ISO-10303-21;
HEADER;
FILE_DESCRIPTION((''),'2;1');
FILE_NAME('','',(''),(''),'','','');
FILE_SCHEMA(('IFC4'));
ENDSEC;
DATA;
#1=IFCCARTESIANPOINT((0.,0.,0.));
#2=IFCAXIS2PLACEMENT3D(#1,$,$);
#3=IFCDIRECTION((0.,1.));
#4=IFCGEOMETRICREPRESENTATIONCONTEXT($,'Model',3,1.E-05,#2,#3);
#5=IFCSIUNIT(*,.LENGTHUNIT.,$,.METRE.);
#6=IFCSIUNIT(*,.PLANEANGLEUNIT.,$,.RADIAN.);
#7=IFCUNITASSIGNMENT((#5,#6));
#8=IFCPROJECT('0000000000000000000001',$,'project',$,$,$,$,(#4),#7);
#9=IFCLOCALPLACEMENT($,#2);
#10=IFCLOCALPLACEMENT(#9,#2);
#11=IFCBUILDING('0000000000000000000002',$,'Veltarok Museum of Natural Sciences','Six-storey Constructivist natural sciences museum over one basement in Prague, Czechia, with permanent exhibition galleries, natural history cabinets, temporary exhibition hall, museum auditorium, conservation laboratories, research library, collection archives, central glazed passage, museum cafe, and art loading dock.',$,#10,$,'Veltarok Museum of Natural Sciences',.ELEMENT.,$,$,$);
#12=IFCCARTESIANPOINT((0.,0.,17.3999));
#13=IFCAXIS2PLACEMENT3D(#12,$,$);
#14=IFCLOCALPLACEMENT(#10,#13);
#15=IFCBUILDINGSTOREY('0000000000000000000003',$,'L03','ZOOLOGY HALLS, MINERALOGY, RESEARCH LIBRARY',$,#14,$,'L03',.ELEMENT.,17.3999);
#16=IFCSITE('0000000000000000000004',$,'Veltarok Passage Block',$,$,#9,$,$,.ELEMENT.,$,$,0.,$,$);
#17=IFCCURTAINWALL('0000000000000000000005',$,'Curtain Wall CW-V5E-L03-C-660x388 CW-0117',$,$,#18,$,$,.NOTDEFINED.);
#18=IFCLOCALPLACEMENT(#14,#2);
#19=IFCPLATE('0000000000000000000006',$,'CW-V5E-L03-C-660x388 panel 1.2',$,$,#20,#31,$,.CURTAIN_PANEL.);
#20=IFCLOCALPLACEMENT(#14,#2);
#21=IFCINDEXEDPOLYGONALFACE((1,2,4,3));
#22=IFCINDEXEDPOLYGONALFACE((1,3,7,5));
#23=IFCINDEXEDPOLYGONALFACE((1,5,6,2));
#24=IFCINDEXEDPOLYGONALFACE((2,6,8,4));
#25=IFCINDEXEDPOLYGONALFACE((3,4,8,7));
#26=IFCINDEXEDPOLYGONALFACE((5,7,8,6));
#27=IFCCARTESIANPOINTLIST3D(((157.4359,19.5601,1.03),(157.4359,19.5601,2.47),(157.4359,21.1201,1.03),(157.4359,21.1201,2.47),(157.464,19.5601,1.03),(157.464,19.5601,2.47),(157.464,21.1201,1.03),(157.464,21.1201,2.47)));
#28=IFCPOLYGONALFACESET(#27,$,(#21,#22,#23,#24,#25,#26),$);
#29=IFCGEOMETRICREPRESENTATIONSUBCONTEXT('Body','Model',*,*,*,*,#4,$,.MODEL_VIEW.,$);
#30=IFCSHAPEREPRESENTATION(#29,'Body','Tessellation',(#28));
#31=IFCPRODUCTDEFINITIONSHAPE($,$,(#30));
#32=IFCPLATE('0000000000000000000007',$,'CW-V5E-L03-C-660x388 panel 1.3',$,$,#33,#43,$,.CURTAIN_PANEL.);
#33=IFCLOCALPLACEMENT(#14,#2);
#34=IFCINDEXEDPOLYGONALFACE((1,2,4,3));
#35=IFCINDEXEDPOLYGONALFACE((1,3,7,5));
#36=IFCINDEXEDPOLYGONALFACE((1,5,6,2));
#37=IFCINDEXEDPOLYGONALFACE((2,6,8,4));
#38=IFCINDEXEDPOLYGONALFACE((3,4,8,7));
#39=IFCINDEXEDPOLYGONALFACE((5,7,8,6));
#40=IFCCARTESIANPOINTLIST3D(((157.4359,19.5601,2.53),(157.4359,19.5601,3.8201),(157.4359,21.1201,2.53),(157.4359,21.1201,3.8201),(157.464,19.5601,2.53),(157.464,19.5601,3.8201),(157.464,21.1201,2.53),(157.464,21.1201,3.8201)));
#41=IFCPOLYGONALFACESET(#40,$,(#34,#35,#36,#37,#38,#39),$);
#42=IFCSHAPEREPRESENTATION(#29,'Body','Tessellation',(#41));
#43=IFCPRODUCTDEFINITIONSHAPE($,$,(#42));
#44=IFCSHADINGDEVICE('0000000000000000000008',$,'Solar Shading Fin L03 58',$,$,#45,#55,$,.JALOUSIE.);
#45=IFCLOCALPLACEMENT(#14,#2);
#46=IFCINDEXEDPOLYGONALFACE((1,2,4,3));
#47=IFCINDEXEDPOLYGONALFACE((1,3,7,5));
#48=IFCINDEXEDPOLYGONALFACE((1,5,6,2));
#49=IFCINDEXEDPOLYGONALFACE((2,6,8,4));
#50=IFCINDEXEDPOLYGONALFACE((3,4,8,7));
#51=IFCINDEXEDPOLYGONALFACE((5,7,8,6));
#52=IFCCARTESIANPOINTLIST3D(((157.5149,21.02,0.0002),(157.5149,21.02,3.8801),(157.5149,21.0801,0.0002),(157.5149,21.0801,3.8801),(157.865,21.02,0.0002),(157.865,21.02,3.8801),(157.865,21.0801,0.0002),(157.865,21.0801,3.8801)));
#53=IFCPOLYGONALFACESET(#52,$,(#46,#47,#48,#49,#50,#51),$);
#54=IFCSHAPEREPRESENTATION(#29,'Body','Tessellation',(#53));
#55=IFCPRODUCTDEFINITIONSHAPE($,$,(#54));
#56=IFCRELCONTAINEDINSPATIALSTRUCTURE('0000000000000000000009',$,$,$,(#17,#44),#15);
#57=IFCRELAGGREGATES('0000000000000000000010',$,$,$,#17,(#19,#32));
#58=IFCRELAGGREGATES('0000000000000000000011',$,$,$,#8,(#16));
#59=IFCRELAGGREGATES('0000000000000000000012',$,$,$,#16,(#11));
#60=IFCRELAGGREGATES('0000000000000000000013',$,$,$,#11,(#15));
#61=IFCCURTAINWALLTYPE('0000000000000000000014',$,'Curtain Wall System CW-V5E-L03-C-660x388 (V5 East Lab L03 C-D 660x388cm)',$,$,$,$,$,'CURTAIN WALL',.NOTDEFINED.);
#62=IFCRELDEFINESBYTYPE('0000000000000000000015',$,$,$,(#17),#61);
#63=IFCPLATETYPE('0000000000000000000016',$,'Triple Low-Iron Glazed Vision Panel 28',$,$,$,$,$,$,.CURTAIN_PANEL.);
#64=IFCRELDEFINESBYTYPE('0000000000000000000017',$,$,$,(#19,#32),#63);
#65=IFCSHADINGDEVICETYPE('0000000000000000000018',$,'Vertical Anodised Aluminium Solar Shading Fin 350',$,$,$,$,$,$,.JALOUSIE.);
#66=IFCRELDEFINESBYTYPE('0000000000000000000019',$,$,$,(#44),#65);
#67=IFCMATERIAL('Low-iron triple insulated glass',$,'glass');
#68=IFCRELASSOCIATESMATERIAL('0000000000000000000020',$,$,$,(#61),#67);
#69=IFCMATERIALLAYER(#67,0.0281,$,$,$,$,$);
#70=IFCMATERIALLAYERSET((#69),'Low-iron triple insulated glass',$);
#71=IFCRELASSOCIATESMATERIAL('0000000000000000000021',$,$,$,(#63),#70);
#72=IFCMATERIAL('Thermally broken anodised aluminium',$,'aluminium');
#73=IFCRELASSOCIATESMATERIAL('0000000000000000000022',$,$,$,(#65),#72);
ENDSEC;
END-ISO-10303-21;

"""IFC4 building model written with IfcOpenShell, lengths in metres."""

from ifc_helpers import new_model, si_unit, direction, frame, origin, origin_2d, place, context, subcontext, project, spatial, rectangle, extrude, material, layer, layer_set, type_object, element, aggregate, save


model = new_model("IFC4")

# Units and contexts
model_context = context("Model", 3, precision=1e-05, world=origin(), true_north=direction((0.0, 1.0)))
body_context = subcontext(model_context, "Body", "Model", "MODEL_VIEW")
ifc_project = project(units=[si_unit("LENGTHUNIT", "METRE"), si_unit("PLANEANGLEUNIT", "RADIAN")], contexts=[model_context])

# Site, building, storey
site_placement = place(None, origin())
site = spatial("IfcSite", under=ifc_project, at=site_placement, Name="Veltarok Passage Block", CompositionType="ELEMENT", RefElevation=0.0)
building_placement = place(site_placement, origin())
building = spatial("IfcBuilding", under=site, at=building_placement, Name="Veltarok Museum of Natural Sciences", Description="Six-storey Constructivist natural sciences museum over one basement in Prague, Czechia, with permanent exhibition galleries, natural history cabinets, temporary exhibition hall, museum auditorium, conservation laboratories, research library, collection archives, central glazed passage, museum cafe, and art loading dock.", LongName="Veltarok Museum of Natural Sciences", CompositionType="ELEMENT")
storey_placement = place(building_placement, frame((0.0, 0.0, 17.3999)))
storey = spatial("IfcBuildingStorey", under=building, at=storey_placement, Name="L03", Description="ZOOLOGY HALLS, MINERALOGY, RESEARCH LIBRARY", LongName="L03", CompositionType="ELEMENT", Elevation=17.3999)

# Curtain wall
ifc_material_1 = material(Name="Low-iron triple insulated glass", Category="glass")
ifc_material_2 = material(Name="Thermally broken anodised aluminium", Category="aluminium")
curtain_wall_type_1 = type_object("IfcCurtainWallType", Name="Curtain Wall System CW-V5E-L03-C-660x388 (V5 East Lab L03 C-D 660x388cm)", ElementType="CURTAIN WALL", PredefinedType="NOTDEFINED", material=ifc_material_1)
curtain_wall_1_placement = place(storey_placement, origin())
curtain_wall_1 = element("IfcCurtainWall", 1, at=curtain_wall_1_placement, inside=storey, type_object=curtain_wall_type_1, Name="Curtain Wall CW-V5E-L03-C-660x388 CW-0117", PredefinedType="NOTDEFINED")

# Plates
ifc_layer = layer(ifc_material_1, 0.0281)
ifc_layer_set = layer_set([ifc_layer], Name="Low-iron triple insulated glass")
plate_type = type_object("IfcPlateType", Name="Triple Low-Iron Glazed Vision Panel 28", PredefinedType="CURTAIN_PANEL", material=ifc_layer_set)
plate_1_placement = place(storey_placement, frame((157.45, 20.3401, 1.03), z_axis=(0.0, 0.0, 1.0), x_axis=(0.0, 1.0, 0.0)))
plate_1 = element("IfcPlate", 2, at=plate_1_placement, type_object=plate_type, Name="CW-V5E-L03-C-660x388 panel 1.2", PredefinedType="CURTAIN_PANEL", context=body_context, shape_type="SweptSolid", body=[
    extrude(rectangle(XDim=1.5601, YDim=0.0281, at=origin_2d()), origin(), (0.0, 0.0, 1.0), 1.4399),
])
plate_2_placement = place(storey_placement, frame((157.45, 20.3401, 2.53), z_axis=(0.0, 0.0, 1.0), x_axis=(0.0, 1.0, 0.0)))
plate_2 = element("IfcPlate", 3, at=plate_2_placement, type_object=plate_type, Name="CW-V5E-L03-C-660x388 panel 1.3", PredefinedType="CURTAIN_PANEL", context=body_context, shape_type="SweptSolid", body=[
    extrude(rectangle(XDim=1.5601, YDim=0.0281, at=origin_2d()), origin(), (0.0, 0.0, 1.0), 1.29),
])
aggregate(curtain_wall_1, [plate_1, plate_2])

# Shading device
shading_device_type = type_object("IfcShadingDeviceType", Name="Vertical Anodised Aluminium Solar Shading Fin 350", PredefinedType="JALOUSIE", material=ifc_material_2)
shading_device_placement = place(storey_placement, frame((157.6899, 21.05, 0.0002), z_axis=(0.0, 0.0, 1.0), x_axis=(1.0, 0.0, 0.0)))
element("IfcShadingDevice", 4, at=shading_device_placement, inside=storey, type_object=shading_device_type, Name="Solar Shading Fin L03 58", PredefinedType="JALOUSIE", context=body_context, shape_type="SweptSolid", body=[
    extrude(rectangle(XDim=0.3501, YDim=0.0601, at=origin_2d()), origin(), (0.0, 0.0, 1.0), 3.8799),
])

save(model, "model.ifc")
